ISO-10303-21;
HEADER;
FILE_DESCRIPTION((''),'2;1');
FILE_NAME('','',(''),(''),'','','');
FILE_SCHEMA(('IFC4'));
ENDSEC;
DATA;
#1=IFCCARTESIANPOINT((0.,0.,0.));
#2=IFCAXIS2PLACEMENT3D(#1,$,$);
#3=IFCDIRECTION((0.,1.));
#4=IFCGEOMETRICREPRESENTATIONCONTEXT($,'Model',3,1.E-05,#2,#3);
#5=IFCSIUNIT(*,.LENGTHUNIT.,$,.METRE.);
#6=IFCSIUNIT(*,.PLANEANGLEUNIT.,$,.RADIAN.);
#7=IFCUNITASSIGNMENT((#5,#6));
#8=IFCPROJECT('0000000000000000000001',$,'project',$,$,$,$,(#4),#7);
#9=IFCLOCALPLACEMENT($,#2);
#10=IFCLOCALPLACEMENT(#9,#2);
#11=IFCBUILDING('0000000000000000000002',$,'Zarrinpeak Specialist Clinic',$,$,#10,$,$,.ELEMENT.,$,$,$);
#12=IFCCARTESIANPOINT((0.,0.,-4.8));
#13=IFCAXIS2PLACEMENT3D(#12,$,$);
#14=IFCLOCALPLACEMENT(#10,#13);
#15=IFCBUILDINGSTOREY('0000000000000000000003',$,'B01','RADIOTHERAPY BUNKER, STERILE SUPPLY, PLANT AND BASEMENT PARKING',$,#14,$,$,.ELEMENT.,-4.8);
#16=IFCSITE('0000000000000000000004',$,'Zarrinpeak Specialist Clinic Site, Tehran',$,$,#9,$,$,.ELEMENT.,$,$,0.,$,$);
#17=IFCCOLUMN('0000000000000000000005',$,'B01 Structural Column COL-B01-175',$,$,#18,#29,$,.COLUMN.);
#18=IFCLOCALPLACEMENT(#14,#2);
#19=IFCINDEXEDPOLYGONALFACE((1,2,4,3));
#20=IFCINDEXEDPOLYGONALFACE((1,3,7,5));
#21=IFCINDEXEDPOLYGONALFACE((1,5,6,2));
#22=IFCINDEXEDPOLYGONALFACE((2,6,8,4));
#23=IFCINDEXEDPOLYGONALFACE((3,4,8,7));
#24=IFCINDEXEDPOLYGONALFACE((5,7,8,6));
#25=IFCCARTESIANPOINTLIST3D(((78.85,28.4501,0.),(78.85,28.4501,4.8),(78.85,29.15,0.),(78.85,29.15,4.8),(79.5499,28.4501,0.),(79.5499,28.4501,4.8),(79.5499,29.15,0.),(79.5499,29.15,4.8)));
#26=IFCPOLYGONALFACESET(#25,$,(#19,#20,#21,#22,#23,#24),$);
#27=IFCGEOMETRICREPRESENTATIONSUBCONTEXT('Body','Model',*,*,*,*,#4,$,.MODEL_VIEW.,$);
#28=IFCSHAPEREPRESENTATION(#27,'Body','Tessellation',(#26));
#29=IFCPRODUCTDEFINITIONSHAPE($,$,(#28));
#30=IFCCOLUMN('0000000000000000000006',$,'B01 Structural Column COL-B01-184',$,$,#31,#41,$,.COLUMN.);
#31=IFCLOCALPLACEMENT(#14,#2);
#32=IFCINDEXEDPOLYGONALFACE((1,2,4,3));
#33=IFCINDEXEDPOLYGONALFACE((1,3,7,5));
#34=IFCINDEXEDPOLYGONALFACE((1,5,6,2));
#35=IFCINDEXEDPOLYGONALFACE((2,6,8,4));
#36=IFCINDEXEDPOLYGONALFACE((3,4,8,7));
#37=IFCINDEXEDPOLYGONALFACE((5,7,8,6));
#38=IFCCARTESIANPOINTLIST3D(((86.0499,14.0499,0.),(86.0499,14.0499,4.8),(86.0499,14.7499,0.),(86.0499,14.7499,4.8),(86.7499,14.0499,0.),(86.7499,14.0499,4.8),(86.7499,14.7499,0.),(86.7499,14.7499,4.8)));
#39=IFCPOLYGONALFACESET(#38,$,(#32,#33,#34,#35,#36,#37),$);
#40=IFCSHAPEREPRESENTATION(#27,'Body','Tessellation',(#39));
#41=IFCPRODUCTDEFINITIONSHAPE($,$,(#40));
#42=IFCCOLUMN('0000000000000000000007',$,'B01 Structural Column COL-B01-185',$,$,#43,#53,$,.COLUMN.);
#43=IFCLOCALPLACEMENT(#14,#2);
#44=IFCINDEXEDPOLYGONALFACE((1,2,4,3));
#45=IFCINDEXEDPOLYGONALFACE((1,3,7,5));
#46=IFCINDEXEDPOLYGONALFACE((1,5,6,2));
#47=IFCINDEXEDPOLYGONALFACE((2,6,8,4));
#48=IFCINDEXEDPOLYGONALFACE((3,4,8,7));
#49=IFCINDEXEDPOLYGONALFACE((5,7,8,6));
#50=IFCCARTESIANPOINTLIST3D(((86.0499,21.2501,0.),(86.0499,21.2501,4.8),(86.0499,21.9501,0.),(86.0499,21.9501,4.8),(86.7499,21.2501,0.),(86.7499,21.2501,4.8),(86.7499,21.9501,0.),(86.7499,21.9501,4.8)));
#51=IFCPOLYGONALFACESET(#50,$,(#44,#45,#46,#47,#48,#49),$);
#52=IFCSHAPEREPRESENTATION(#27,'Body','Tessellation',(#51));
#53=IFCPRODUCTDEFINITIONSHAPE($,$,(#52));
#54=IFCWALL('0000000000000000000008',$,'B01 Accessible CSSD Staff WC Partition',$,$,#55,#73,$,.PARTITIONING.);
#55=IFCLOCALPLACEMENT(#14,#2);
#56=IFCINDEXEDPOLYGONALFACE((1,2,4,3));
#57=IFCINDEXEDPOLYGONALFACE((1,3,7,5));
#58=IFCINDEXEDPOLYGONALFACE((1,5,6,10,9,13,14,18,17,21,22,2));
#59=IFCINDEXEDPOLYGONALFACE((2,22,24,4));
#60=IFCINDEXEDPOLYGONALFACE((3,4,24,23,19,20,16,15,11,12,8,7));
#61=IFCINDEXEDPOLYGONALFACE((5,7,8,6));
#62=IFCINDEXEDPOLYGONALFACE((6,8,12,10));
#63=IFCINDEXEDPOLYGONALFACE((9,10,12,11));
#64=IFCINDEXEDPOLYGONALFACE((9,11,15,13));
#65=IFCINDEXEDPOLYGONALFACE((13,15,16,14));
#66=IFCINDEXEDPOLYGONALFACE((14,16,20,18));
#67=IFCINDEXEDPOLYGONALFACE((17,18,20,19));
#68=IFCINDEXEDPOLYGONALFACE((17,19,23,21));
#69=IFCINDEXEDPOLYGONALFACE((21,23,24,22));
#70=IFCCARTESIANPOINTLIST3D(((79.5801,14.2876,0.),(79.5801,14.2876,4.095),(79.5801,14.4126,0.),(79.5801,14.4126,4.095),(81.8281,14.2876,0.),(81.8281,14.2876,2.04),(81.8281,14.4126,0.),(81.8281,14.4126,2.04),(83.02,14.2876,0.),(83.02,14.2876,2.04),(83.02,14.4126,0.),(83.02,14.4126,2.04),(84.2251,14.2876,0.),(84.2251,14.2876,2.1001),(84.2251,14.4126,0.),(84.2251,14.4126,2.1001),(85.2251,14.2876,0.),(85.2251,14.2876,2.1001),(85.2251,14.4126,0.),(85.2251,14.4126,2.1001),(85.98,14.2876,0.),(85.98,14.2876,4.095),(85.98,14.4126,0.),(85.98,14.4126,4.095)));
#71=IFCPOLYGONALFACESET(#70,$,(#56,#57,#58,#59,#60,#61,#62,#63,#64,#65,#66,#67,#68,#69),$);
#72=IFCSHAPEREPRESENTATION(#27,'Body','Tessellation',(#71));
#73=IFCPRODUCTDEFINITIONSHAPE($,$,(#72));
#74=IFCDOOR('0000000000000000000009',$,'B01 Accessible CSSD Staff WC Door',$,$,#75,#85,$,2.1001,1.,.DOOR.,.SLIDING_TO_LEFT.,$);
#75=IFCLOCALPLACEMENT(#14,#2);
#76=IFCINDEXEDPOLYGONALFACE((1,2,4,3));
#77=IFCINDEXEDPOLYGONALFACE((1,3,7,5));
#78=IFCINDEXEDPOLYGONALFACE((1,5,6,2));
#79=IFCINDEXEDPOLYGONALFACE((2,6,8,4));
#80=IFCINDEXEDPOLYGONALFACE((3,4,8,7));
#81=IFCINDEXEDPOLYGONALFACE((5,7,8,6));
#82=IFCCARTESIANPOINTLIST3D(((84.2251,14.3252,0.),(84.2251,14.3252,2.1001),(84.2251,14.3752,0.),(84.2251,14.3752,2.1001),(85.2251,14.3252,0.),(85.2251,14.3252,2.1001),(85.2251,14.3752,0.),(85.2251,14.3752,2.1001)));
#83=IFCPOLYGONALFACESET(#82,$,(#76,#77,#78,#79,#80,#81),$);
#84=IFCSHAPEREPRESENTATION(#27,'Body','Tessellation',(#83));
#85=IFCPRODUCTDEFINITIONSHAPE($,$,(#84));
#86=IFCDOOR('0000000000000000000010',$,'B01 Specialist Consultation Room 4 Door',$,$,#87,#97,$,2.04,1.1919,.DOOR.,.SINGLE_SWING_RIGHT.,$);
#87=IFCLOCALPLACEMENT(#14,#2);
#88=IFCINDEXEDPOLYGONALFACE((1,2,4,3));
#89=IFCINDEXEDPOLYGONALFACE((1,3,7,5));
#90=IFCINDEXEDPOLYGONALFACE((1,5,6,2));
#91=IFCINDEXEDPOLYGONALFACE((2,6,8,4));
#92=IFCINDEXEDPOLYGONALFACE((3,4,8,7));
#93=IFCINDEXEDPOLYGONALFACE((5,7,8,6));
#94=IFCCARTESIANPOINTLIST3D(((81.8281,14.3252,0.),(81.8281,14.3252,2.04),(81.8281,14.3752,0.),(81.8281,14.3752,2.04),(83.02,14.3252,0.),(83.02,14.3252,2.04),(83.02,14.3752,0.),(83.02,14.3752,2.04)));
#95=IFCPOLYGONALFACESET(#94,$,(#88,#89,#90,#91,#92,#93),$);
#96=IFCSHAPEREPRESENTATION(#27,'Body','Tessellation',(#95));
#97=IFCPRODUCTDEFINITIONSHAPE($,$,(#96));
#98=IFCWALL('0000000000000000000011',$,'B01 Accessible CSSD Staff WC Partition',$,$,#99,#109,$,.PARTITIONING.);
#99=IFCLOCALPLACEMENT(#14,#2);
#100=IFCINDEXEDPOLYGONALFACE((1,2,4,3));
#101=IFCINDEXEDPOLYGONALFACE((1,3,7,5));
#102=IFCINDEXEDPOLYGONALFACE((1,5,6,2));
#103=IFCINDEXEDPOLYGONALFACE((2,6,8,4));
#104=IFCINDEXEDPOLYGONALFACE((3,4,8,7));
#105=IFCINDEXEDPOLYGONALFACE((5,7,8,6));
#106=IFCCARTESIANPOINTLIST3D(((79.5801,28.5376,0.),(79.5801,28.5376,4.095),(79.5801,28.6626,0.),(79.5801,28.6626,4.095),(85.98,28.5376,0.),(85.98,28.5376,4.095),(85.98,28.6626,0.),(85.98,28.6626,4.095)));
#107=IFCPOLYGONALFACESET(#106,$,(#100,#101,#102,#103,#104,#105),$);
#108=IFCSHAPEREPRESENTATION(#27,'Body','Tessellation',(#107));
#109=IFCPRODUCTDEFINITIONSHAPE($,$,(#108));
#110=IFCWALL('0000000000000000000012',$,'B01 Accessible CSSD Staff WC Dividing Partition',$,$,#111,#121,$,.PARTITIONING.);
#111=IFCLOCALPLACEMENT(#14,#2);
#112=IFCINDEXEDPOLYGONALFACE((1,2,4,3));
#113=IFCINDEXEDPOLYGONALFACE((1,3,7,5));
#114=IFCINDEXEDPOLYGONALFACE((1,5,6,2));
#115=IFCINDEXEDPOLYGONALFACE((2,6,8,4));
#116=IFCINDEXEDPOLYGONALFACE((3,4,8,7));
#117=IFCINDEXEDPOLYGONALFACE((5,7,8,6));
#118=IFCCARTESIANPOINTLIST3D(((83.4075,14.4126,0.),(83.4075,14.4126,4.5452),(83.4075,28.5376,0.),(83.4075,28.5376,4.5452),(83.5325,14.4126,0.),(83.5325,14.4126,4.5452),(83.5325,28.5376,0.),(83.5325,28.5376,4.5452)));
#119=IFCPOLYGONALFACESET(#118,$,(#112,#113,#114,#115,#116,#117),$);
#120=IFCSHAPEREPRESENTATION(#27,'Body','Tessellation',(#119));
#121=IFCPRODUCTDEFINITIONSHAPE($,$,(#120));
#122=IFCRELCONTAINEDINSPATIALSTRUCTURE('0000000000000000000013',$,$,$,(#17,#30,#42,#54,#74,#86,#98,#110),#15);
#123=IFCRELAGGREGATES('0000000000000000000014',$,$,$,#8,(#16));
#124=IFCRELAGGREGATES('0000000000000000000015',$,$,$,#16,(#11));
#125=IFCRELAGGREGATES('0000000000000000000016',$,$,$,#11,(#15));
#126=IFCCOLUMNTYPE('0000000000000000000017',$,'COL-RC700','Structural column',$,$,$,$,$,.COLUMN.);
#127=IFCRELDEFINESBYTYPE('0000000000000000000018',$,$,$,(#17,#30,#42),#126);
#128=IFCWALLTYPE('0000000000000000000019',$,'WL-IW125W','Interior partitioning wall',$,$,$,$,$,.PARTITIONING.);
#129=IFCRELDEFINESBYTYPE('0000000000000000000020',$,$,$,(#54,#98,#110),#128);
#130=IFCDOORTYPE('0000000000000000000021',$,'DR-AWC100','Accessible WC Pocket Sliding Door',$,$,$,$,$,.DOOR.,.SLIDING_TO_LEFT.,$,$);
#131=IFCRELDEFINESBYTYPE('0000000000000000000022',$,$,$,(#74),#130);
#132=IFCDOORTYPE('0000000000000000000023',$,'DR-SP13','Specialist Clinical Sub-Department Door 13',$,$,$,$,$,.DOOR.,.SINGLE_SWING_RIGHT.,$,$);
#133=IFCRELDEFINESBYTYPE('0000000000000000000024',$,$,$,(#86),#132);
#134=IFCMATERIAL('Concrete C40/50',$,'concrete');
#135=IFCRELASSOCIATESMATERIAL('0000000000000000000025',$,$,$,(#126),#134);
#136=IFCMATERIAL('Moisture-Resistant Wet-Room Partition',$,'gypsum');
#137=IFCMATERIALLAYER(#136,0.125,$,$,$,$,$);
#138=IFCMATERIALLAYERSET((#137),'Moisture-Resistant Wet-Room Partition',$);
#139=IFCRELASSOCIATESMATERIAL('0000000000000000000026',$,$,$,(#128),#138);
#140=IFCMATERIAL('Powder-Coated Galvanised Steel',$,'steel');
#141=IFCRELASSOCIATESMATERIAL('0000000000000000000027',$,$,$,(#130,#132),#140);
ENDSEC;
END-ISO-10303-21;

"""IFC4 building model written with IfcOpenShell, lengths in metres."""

from ifc_helpers import new_model, si_unit, direction, frame, frame_2d, origin, origin_2d, place, context, subcontext, project, spatial, rectangle, extrude, material, layer, layer_set, material_profile, profile_set, type_object, element, fill, save


model = new_model("IFC4")

# Units and contexts
model_context = context("Model", 3, precision=1e-05, world=origin(), true_north=direction((0.0, 1.0)))
body_context = subcontext(model_context, "Body", "Model", "MODEL_VIEW")
ifc_project = project(units=[si_unit("LENGTHUNIT", "METRE"), si_unit("PLANEANGLEUNIT", "RADIAN")], contexts=[model_context])

# Site, building, storey
site_placement = place(None, origin())
site = spatial("IfcSite", under=ifc_project, at=site_placement, Name="Zarrinpeak Specialist Clinic Site, Tehran", CompositionType="ELEMENT", RefElevation=0.0)
building_placement = place(site_placement, origin())
building = spatial("IfcBuilding", under=site, at=building_placement, Name="Zarrinpeak Specialist Clinic", CompositionType="ELEMENT")
storey_placement = place(building_placement, frame((0.0, 0.0, -4.8)))
storey = spatial("IfcBuildingStorey", under=building, at=storey_placement, Name="B01", Description="RADIOTHERAPY BUNKER, STERILE SUPPLY, PLANT AND BASEMENT PARKING", CompositionType="ELEMENT", Elevation=-4.8)

# Shared definitions
ifc_material_1 = material(Name="Concrete C40/50", Category="concrete")

# Columns
ifc_material_profile_1 = material_profile(ifc_material_1, rectangle(XDim=0.7, YDim=0.7, at=origin_2d()), Name="RC 700x700")
ifc_profile_set_1 = profile_set([ifc_material_profile_1], Name="Concrete C40/50")
column_type = type_object("IfcColumnType", Name="COL-RC700", Description="Structural column", PredefinedType="COLUMN", material=ifc_profile_set_1)
for number, where, z_axis, x_axis, name in (
    (1, (79.2, 28.8, 0.0), (0.0, 0.0, 1.0), (1.0, 0.0, 0.0), "B01 Structural Column COL-B01-175"),
    (2, (86.3999, 14.3999, 0.0), (0.0, 0.0, 1.0), (1.0, 0.0, 0.0), "B01 Structural Column COL-B01-184"),
    (3, (86.3999, 21.6001, 0.0), (0.0, 0.0, 1.0), (1.0, 0.0, 0.0), "B01 Structural Column COL-B01-185"),
):
    element("IfcColumn", number, at=place(storey_placement, frame(where, z_axis=z_axis, x_axis=x_axis)), inside=storey, type_object=column_type, Name=name, PredefinedType="COLUMN", context=body_context, shape_type="SweptSolid", body=[
        extrude(rectangle(XDim=0.7, YDim=0.7, at=origin_2d()), origin(), (0.0, 0.0, 1.0), 4.8),
    ])

# Wall, openings, doors
ifc_material_2 = material(Name="Moisture-Resistant Wet-Room Partition", Category="gypsum")
ifc_layer = layer(ifc_material_2, 0.125)
ifc_layer_set = layer_set([ifc_layer], Name="Moisture-Resistant Wet-Room Partition")
wall_type = type_object("IfcWallType", Name="WL-IW125W", Description="Interior partitioning wall", PredefinedType="PARTITIONING", material=ifc_layer_set)
wall_1_placement = place(storey_placement, frame((79.5801, 14.3501, 0.0), z_axis=(0.0, 0.0, 1.0), x_axis=(1.0, 0.0, 0.0)))
wall_1 = element("IfcWall", 4, at=wall_1_placement, inside=storey, type_object=wall_type, Name="B01 Accessible CSSD Staff WC Partition", PredefinedType="PARTITIONING", context=body_context, shape_type="SweptSolid", body=[
    extrude(rectangle(XDim=6.3999, YDim=0.125, at=frame_2d((3.2, 0.0))), origin(), (0.0, 0.0, 1.0), 4.095),
])
opening_1_placement = place(wall_1_placement, frame((4.645, 0.0, 0.0)))
opening_1 = element("IfcOpeningElement", 5, at=opening_1_placement, cuts=wall_1, PredefinedType="OPENING", context=body_context, shape_type="SweptSolid", body=[
    extrude(rectangle(XDim=1.0, YDim=2.1001, at=frame_2d((0.5, 1.05))), frame((0.0, 0.0725, 0.0), z_axis=(0.0, -1.0, 0.0), x_axis=(1.0, 0.0, 0.0)), (0.0, 0.0, 1.0), 0.145),
])
opening_2_placement = place(wall_1_placement, frame((2.248, 0.0, 0.0)))
opening_2 = element("IfcOpeningElement", 6, at=opening_2_placement, cuts=wall_1, PredefinedType="OPENING", context=body_context, shape_type="SweptSolid", body=[
    extrude(rectangle(XDim=1.1919, YDim=2.04, at=frame_2d((0.5959, 1.02))), frame((0.0, 0.0725, 0.0), z_axis=(0.0, -1.0, 0.0), x_axis=(1.0, 0.0, 0.0)), (0.0, 0.0, 1.0), 0.145),
])
ifc_material_3 = material(Name="Powder-Coated Galvanised Steel", Category="steel")
door_type_1 = type_object("IfcDoorType", Name="DR-AWC100", Description="Accessible WC Pocket Sliding Door", OperationType="SLIDING_TO_LEFT", PredefinedType="DOOR", material=ifc_material_3)
door_1_placement = place(opening_1_placement, frame((1.0, 0.0, 0.0), z_axis=(0.0, 0.0, 1.0), x_axis=(-1.0, 0.0, 0.0)))
door_1 = element("IfcDoor", 7, at=door_1_placement, inside=storey, type_object=door_type_1, Name="B01 Accessible CSSD Staff WC Door", OperationType="SLIDING_TO_LEFT", OverallHeight=2.1001, OverallWidth=1.0, PredefinedType="DOOR", context=body_context, shape_type="SweptSolid", body=[
    extrude(rectangle(XDim=1.0, YDim=2.1001, at=frame_2d((0.5, 1.05))), frame((0.0, 0.0249, 0.0), z_axis=(0.0, -1.0, 0.0), x_axis=(1.0, 0.0, 0.0)), (0.0, 0.0, 1.0), 0.05),
])
fill(opening_1, door_1)
door_type_2 = type_object("IfcDoorType", Name="DR-SP13", Description="Specialist Clinical Sub-Department Door 13", OperationType="SINGLE_SWING_RIGHT", PredefinedType="DOOR", material=ifc_material_3)
door_2_placement = place(opening_2_placement, frame((1.1919, 0.0, 0.0), z_axis=(0.0, 0.0, 1.0), x_axis=(-1.0, 0.0, 0.0)))
door_2 = element("IfcDoor", 8, at=door_2_placement, inside=storey, type_object=door_type_2, Name="B01 Specialist Consultation Room 4 Door", OperationType="SINGLE_SWING_RIGHT", OverallHeight=2.04, OverallWidth=1.1919, PredefinedType="DOOR", context=body_context, shape_type="SweptSolid", body=[
    extrude(rectangle(XDim=1.1919, YDim=2.04, at=frame_2d((0.5959, 1.02))), frame((0.0, 0.0249, 0.0), z_axis=(0.0, -1.0, 0.0), x_axis=(1.0, 0.0, 0.0)), (0.0, 0.0, 1.0), 0.05),
])
fill(opening_2, door_2)

# Walls
wall_2_placement = place(storey_placement, frame((79.5801, 28.6001, 0.0), z_axis=(0.0, 0.0, 1.0), x_axis=(1.0, 0.0, 0.0)))
element("IfcWall", 9, at=wall_2_placement, inside=storey, type_object=wall_type, Name="B01 Accessible CSSD Staff WC Partition", PredefinedType="PARTITIONING", context=body_context, shape_type="SweptSolid", body=[
    extrude(rectangle(XDim=6.3999, YDim=0.125, at=frame_2d((3.2, 0.0))), origin(), (0.0, 0.0, 1.0), 4.095),
])
wall_3_placement = place(storey_placement, frame((83.47, 14.4126, 0.0), z_axis=(0.0, 0.0, 1.0), x_axis=(0.0, 1.0, 0.0)))
element("IfcWall", 10, at=wall_3_placement, inside=storey, type_object=wall_type, Name="B01 Accessible CSSD Staff WC Dividing Partition", PredefinedType="PARTITIONING", context=body_context, shape_type="SweptSolid", body=[
    extrude(rectangle(XDim=14.125, YDim=0.125, at=frame_2d((7.0625, 0.0))), origin(), (0.0, 0.0, 1.0), 4.5452),
])

save(model, "model.ifc")
